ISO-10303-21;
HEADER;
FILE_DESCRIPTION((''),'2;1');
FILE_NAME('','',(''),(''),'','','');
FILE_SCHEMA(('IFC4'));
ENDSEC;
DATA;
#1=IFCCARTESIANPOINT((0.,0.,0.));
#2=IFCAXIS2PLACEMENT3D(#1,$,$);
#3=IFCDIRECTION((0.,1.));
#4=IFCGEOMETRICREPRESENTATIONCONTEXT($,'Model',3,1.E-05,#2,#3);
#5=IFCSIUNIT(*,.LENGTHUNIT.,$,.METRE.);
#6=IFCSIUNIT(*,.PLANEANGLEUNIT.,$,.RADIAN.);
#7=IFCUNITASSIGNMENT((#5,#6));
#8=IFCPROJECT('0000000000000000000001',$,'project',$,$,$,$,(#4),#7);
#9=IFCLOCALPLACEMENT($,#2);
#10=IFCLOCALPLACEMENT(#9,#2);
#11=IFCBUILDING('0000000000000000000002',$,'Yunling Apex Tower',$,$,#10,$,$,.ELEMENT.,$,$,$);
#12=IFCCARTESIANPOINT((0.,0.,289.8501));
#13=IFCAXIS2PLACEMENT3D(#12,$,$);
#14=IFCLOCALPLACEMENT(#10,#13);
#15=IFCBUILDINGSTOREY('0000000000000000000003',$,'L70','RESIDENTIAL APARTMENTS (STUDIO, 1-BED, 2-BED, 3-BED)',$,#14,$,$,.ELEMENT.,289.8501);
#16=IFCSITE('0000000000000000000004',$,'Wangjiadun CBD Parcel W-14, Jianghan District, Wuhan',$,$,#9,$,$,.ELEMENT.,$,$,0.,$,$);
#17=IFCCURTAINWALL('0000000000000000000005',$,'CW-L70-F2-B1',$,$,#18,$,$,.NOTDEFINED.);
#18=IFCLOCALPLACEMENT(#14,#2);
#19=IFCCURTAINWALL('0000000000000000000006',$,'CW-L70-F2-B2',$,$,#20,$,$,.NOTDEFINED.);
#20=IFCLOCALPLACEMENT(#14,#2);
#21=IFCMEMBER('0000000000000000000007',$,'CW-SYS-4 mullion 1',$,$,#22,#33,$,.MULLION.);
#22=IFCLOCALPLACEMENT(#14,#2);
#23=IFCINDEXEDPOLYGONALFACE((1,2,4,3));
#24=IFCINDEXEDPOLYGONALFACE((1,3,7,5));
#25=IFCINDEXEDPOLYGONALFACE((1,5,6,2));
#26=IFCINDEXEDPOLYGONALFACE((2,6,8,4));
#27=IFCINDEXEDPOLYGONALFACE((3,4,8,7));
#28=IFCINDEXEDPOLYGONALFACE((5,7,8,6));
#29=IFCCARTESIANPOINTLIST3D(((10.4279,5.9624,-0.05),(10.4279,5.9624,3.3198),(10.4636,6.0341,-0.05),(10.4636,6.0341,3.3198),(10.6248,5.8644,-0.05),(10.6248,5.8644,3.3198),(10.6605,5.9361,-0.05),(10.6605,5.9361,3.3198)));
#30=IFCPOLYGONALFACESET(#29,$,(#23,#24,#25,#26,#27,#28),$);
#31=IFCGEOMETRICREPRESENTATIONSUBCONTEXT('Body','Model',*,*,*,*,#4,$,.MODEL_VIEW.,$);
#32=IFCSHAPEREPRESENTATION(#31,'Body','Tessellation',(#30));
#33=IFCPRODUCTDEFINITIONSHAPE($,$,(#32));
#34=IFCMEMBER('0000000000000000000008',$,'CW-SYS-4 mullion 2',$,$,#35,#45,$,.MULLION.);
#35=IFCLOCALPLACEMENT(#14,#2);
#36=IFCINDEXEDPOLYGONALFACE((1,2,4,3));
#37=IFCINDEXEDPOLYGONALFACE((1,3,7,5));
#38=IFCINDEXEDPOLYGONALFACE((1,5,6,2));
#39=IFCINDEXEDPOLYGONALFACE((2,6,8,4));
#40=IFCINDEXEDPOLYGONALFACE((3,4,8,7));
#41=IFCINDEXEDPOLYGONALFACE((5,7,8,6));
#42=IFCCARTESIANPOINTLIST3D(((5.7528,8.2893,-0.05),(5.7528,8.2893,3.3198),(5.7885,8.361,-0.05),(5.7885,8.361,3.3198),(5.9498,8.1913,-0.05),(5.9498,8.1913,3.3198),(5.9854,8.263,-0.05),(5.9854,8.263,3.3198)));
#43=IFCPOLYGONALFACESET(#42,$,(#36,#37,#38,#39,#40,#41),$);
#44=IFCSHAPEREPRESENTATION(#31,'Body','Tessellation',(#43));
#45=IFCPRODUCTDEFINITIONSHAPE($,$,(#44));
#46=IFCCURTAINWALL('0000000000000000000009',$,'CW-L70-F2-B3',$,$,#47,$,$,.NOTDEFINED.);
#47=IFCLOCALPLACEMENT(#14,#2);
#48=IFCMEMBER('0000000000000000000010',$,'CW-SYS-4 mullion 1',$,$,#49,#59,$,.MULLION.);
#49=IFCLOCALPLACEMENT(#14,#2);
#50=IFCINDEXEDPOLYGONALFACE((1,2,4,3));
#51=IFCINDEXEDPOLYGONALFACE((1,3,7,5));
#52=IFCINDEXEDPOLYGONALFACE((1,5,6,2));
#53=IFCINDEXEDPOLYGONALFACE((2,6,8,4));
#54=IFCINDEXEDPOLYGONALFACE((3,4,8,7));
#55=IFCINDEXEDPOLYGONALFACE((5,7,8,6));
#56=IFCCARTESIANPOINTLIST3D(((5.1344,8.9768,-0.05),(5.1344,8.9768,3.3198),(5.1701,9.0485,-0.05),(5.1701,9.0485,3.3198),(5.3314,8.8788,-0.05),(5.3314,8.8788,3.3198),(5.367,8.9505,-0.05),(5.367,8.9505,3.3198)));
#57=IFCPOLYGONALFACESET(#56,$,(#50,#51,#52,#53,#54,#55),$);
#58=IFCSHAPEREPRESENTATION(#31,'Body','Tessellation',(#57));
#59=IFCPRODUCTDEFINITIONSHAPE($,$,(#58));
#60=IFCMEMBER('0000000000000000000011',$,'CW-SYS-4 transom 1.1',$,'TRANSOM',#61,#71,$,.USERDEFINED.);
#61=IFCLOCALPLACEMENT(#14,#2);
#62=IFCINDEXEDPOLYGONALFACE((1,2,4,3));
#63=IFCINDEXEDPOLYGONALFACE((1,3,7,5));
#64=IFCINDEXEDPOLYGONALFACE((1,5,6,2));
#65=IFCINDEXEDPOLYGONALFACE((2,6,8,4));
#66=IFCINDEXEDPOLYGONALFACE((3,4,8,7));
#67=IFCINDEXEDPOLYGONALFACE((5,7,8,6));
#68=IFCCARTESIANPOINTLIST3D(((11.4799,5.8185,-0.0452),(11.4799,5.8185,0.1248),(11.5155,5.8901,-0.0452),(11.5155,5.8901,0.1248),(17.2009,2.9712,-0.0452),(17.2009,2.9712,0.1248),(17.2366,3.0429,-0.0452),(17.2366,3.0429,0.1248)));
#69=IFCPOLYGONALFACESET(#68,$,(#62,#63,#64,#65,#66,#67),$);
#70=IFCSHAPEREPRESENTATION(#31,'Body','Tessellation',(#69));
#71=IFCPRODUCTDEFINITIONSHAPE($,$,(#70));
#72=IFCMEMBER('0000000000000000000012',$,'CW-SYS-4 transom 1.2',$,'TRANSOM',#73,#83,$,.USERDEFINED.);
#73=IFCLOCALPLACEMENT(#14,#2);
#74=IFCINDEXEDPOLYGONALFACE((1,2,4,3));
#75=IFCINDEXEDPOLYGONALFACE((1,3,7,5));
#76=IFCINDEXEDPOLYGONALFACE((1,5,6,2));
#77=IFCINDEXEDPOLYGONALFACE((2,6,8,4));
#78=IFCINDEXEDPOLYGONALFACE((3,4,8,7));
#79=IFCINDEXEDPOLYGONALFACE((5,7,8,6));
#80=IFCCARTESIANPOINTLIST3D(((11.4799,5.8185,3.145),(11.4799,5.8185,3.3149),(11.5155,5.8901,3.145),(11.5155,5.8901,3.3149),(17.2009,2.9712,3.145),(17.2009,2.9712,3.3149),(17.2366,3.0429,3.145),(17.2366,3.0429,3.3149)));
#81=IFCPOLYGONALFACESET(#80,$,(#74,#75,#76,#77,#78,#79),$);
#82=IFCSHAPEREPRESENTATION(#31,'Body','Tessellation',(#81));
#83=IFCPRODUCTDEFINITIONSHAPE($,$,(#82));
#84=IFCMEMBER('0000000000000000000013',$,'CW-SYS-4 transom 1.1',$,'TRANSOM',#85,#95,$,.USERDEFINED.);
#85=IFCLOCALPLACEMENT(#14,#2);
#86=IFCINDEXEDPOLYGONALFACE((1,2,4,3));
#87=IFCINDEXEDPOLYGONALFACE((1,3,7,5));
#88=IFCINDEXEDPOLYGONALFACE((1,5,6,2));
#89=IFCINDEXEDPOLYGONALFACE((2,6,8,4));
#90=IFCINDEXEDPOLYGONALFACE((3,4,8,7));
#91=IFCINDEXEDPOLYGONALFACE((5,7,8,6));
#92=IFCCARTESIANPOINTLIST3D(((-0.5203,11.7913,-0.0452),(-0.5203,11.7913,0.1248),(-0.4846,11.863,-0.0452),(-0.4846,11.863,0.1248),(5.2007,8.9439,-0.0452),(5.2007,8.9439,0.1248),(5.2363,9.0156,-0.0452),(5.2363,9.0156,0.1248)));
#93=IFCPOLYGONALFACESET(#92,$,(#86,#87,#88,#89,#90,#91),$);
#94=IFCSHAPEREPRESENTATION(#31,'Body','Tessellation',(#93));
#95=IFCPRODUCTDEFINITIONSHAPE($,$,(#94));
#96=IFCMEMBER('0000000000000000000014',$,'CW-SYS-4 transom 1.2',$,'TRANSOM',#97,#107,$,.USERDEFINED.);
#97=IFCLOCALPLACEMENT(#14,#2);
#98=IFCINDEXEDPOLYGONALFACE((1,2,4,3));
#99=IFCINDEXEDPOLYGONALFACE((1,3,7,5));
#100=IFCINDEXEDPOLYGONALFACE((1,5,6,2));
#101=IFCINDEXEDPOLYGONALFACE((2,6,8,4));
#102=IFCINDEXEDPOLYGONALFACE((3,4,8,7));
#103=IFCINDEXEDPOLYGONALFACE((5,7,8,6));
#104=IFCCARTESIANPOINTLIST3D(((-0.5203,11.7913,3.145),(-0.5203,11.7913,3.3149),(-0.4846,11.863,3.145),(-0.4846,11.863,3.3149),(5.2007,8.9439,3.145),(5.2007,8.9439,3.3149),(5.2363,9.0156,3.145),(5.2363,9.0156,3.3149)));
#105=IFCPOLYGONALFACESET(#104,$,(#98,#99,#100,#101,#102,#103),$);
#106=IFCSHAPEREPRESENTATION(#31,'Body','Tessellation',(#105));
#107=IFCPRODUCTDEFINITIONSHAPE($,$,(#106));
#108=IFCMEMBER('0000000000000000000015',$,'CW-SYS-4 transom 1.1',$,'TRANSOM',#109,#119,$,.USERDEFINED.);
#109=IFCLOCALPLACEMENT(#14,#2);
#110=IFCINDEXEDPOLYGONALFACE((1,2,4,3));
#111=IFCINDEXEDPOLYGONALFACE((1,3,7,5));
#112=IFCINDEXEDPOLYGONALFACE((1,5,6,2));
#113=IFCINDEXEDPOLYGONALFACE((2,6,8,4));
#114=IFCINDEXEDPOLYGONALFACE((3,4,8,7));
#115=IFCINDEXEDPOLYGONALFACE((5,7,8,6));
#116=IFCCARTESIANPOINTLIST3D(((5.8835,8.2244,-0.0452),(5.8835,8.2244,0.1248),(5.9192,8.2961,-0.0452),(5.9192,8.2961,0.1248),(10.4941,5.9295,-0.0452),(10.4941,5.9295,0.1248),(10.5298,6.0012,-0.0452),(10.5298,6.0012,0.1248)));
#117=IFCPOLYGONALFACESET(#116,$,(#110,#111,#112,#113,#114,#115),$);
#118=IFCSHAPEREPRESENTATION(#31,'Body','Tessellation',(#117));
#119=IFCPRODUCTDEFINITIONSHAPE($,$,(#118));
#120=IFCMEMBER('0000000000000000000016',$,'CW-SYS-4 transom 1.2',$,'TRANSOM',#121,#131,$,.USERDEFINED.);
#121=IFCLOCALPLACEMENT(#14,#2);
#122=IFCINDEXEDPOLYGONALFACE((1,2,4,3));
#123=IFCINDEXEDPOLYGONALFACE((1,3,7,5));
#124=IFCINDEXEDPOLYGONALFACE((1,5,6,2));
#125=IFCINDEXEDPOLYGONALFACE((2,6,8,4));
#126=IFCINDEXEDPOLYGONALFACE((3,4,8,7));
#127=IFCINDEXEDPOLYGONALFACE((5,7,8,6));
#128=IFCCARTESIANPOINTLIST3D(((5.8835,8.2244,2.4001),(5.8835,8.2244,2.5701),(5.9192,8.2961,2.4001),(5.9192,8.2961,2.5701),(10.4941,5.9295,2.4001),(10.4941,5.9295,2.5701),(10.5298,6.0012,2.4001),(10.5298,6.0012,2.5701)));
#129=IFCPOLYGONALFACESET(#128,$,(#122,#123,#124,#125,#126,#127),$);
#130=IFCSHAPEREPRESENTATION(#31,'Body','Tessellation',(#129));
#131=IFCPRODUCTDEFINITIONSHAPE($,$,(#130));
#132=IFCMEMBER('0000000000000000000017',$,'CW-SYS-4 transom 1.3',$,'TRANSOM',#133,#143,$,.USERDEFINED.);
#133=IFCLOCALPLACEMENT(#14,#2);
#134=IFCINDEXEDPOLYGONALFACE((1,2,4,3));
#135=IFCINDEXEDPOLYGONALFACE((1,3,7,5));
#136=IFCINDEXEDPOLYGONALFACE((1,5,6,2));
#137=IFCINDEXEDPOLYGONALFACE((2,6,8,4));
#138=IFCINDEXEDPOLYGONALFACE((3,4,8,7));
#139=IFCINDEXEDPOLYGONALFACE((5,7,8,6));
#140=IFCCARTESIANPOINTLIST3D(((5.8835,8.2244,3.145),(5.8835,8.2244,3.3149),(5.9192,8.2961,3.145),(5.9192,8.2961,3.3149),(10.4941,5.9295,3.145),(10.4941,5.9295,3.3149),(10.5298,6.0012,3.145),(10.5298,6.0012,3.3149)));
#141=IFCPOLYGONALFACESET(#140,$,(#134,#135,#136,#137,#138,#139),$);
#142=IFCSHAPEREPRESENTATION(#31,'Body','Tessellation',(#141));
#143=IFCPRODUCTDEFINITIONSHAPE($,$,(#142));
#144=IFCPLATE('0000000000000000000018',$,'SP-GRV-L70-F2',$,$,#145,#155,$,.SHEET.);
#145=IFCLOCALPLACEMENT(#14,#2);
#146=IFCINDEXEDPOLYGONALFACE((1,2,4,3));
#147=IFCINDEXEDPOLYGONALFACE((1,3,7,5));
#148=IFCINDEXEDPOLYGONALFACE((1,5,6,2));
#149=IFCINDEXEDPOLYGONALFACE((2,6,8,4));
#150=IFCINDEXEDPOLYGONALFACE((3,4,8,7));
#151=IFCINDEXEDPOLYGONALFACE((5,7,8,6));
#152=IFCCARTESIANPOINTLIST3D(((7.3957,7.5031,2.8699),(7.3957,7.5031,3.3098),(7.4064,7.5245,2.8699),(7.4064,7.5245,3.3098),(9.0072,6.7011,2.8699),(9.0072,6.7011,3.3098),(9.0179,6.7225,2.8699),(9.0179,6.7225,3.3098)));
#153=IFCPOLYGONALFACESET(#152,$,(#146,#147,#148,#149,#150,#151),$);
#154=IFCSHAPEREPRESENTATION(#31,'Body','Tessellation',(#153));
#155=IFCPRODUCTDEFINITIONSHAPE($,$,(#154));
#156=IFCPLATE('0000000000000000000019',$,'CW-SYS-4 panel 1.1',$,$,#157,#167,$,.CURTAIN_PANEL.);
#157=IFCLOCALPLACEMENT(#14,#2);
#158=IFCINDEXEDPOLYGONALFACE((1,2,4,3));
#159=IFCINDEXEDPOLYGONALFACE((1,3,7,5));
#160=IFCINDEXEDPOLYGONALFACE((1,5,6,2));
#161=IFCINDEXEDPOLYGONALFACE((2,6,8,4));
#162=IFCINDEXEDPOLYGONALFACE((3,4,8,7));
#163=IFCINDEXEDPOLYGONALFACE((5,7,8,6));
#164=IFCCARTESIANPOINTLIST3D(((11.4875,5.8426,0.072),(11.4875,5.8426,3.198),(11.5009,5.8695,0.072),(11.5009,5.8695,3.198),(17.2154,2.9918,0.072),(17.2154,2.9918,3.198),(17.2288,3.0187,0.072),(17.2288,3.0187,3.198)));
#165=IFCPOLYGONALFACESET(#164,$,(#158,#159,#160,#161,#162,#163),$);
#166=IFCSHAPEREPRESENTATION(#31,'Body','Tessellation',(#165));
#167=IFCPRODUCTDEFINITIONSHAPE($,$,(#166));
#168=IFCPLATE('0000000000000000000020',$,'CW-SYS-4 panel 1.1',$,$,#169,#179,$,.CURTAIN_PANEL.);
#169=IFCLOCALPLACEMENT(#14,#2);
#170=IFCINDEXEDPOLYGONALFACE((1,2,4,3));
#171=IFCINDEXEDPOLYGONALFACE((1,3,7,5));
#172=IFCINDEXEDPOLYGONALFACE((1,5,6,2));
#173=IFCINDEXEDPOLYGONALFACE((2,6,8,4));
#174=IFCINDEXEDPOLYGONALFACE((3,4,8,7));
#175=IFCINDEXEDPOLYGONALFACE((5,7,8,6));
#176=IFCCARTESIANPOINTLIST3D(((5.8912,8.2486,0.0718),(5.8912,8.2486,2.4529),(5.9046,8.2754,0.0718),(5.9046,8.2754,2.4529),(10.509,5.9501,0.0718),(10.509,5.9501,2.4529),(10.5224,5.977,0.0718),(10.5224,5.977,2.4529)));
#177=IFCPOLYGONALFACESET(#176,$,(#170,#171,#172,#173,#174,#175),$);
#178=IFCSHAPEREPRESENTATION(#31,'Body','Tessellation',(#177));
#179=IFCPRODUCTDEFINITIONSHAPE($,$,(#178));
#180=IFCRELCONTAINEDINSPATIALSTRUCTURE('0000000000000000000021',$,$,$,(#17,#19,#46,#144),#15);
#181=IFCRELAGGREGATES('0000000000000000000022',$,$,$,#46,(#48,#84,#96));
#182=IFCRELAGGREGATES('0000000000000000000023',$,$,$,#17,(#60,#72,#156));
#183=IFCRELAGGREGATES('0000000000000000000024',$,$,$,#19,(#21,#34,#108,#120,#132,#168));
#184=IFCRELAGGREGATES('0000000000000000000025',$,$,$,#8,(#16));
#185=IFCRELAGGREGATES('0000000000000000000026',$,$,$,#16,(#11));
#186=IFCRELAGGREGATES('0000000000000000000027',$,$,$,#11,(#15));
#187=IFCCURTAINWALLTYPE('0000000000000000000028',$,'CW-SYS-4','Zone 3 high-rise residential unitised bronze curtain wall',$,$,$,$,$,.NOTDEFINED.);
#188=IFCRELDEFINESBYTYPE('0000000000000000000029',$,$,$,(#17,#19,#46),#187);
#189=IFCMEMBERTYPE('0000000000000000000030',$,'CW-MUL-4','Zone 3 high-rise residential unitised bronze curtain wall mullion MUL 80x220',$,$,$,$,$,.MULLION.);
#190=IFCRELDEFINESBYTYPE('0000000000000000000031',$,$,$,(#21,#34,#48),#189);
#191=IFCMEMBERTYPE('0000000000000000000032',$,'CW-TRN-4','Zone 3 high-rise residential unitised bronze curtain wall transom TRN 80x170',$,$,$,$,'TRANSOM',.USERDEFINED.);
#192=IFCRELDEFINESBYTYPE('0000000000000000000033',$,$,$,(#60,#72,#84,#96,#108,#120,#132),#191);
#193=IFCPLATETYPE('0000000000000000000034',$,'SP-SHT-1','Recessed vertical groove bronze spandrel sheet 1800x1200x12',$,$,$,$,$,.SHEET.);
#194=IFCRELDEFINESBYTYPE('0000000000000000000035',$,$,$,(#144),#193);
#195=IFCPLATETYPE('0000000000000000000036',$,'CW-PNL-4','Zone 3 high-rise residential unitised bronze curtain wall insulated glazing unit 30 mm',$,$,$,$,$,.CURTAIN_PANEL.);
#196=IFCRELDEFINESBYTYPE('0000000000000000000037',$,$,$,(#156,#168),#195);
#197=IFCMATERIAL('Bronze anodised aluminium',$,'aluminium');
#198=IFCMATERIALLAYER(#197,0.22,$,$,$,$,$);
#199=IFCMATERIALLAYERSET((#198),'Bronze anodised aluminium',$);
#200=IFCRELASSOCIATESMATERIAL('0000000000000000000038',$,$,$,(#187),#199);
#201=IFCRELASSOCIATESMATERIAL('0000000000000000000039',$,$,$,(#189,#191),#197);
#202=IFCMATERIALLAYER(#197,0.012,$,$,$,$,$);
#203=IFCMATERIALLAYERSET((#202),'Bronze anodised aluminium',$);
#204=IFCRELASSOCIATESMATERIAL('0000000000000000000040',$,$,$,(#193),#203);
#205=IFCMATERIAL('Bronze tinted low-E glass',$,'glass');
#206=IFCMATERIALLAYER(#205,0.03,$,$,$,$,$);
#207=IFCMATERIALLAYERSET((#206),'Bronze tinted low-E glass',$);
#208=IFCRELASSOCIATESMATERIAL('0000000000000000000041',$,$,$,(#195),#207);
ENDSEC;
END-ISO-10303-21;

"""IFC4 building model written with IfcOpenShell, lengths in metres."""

from ifc_helpers import new_model, si_unit, direction, frame, origin, origin_2d, place, context, subcontext, project, spatial, rectangle, extrude, source, transform, mapped, material, layer, layer_set, material_profile, profile_set, type_object, element, aggregate, save


model = new_model("IFC4")

# Units and contexts
model_context = context("Model", 3, precision=1e-05, world=origin(), true_north=direction((0.0, 1.0)))
body_context = subcontext(model_context, "Body", "Model", "MODEL_VIEW")
ifc_project = project(units=[si_unit("LENGTHUNIT", "METRE"), si_unit("PLANEANGLEUNIT", "RADIAN")], contexts=[model_context])

# Site, building, storey
site_placement = place(None, origin())
site = spatial("IfcSite", under=ifc_project, at=site_placement, Name="Wangjiadun CBD Parcel W-14, Jianghan District, Wuhan", CompositionType="ELEMENT", RefElevation=0.0)
building_placement = place(site_placement, origin())
building = spatial("IfcBuilding", under=site, at=building_placement, Name="Yunling Apex Tower", CompositionType="ELEMENT")
storey_placement = place(building_placement, frame((0.0, 0.0, 289.8501)))
storey = spatial("IfcBuildingStorey", under=building, at=storey_placement, Name="L70", Description="RESIDENTIAL APARTMENTS (STUDIO, 1-BED, 2-BED, 3-BED)", CompositionType="ELEMENT", Elevation=289.8501)

# Shared definitions
ifc_material_1 = material(Name="Bronze anodised aluminium", Category="aluminium")
ifc_layer_1 = layer(ifc_material_1, 0.22)
ifc_layer_set_1 = layer_set([ifc_layer_1], Name="Bronze anodised aluminium")
curtain_wall_type = type_object("IfcCurtainWallType", Name="CW-SYS-4", Description="Zone 3 high-rise residential unitised bronze curtain wall", PredefinedType="NOTDEFINED", material=ifc_layer_set_1)
ifc_material_profile_1 = material_profile(ifc_material_1, rectangle(XDim=0.0801, YDim=0.22, at=origin_2d()))
ifc_profile_set_1 = profile_set([ifc_material_profile_1], Name="Bronze anodised aluminium")
member_type_1 = type_object("IfcMemberType", Name="CW-MUL-4", Description="Zone 3 high-rise residential unitised bronze curtain wall mullion MUL 80x220", PredefinedType="MULLION", material=ifc_profile_set_1)
shared_shape_1 = source(origin(), body_context, "Body", "SweptSolid", [
    extrude(rectangle(XDim=0.0801, YDim=0.22, at=origin_2d()), origin(), (0.0, 0.0, 1.0), 3.3699),
])

# Curtain walls, members
curtain_wall_1_placement = place(storey_placement, origin())
curtain_wall_1 = element("IfcCurtainWall", 1, at=curtain_wall_1_placement, inside=storey, type_object=curtain_wall_type, Name="CW-L70-F2-B1", PredefinedType="NOTDEFINED")
curtain_wall_2_placement = place(storey_placement, origin())
curtain_wall_2 = element("IfcCurtainWall", 2, at=curtain_wall_2_placement, inside=storey, type_object=curtain_wall_type, Name="CW-L70-F2-B2", PredefinedType="NOTDEFINED")
member_1_placement = place(storey_placement, frame((10.5442, 5.9492, -0.05), z_axis=(0.0, 0.0, 1.0), x_axis=(-0.445583, -0.89524, 0.0)))
member_1 = element("IfcMember", 3, at=member_1_placement, type_object=member_type_1, Name="CW-SYS-4 mullion 1", PredefinedType="MULLION", context=body_context, shape_type="MappedRepresentation", body=[
    mapped(shared_shape_1, transform((0.0, 0.0, 0.0), scale=1.0)),
])
member_2_placement = place(storey_placement, frame((5.8691, 8.2761, -0.05), z_axis=(0.0, 0.0, 1.0), x_axis=(-0.445583, -0.89524, 0.0)))
member_2 = element("IfcMember", 4, at=member_2_placement, type_object=member_type_1, Name="CW-SYS-4 mullion 2", PredefinedType="MULLION", context=body_context, shape_type="MappedRepresentation", body=[
    mapped(shared_shape_1, transform((0.0, 0.0, 0.0), scale=1.0)),
])

# Curtain wall, member
curtain_wall_3_placement = place(storey_placement, origin())
curtain_wall_3 = element("IfcCurtainWall", 5, at=curtain_wall_3_placement, inside=storey, type_object=curtain_wall_type, Name="CW-L70-F2-B3", PredefinedType="NOTDEFINED")
member_3_placement = place(storey_placement, frame((5.2507, 8.9636, -0.05), z_axis=(0.0, 0.0, 1.0), x_axis=(-0.445562, -0.895251, 0.0)))
member_3 = element("IfcMember", 6, at=member_3_placement, type_object=member_type_1, Name="CW-SYS-4 mullion 1", PredefinedType="MULLION", context=body_context, shape_type="MappedRepresentation", body=[
    mapped(shared_shape_1, transform((0.0, 0.0, 0.0), scale=1.0)),
])

# Members
ifc_material_profile_2 = material_profile(ifc_material_1, rectangle(XDim=0.0801, YDim=0.1699, at=origin_2d()))
ifc_profile_set_2 = profile_set([ifc_material_profile_2], Name="Bronze anodised aluminium")
member_type_2 = type_object("IfcMemberType", Name="CW-TRN-4", Description="Zone 3 high-rise residential unitised bronze curtain wall transom TRN 80x170", ElementType="TRANSOM", PredefinedType="USERDEFINED", material=ifc_profile_set_2)
shared_shape_2 = source(origin(), body_context, "Body", "SweptSolid", [
    extrude(rectangle(XDim=0.0801, YDim=0.1699, at=origin_2d()), origin(), (0.0, 0.0, 1.0), 6.3904),
])
member_4_placement = place(storey_placement, frame((17.2188, 3.0071, 0.0398), z_axis=(-0.895259, 0.445547, 0.0), x_axis=(-0.445547, -0.895259, 0.0)))
member_4 = element("IfcMember", 7, at=member_4_placement, type_object=member_type_2, Name="CW-SYS-4 transom 1.1", ObjectType="TRANSOM", PredefinedType="USERDEFINED", context=body_context, shape_type="MappedRepresentation", body=[
    mapped(shared_shape_2, transform((0.0, 0.0, 0.0), scale=1.0)),
])
member_5_placement = place(storey_placement, frame((17.2188, 3.0071, 3.23), z_axis=(-0.895259, 0.445547, 0.0), x_axis=(-0.445547, -0.895259, 0.0)))
member_5 = element("IfcMember", 8, at=member_5_placement, type_object=member_type_2, Name="CW-SYS-4 transom 1.2", ObjectType="TRANSOM", PredefinedType="USERDEFINED", context=body_context, shape_type="MappedRepresentation", body=[
    mapped(shared_shape_2, transform((0.0, 0.0, 0.0), scale=1.0)),
])
member_6_placement = place(storey_placement, frame((5.2185, 8.9797, 0.0398), z_axis=(-0.895243, 0.445578, 0.0), x_axis=(-0.445578, -0.895243, 0.0)))
member_6 = element("IfcMember", 9, at=member_6_placement, type_object=member_type_2, Name="CW-SYS-4 transom 1.1", ObjectType="TRANSOM", PredefinedType="USERDEFINED", context=body_context, shape_type="MappedRepresentation", body=[
    mapped(shared_shape_2, transform((0.0, 0.0, 0.0), scale=1.0)),
])
member_7_placement = place(storey_placement, frame((5.2185, 8.9797, 3.23), z_axis=(-0.895243, 0.445578, 0.0), x_axis=(-0.445578, -0.895243, 0.0)))
member_7 = element("IfcMember", 10, at=member_7_placement, type_object=member_type_2, Name="CW-SYS-4 transom 1.2", ObjectType="TRANSOM", PredefinedType="USERDEFINED", context=body_context, shape_type="MappedRepresentation", body=[
    mapped(shared_shape_2, transform((0.0, 0.0, 0.0), scale=1.0)),
])
aggregate(curtain_wall_3, [member_3, member_6, member_7])
shared_shape_3 = source(origin(), body_context, "Body", "SweptSolid", [
    extrude(rectangle(XDim=0.0801, YDim=0.1699, at=origin_2d()), origin(), (0.0, 0.0, 1.0), 5.1501),
])
member_8_placement = place(storey_placement, frame((10.512, 5.9653, 0.0398), z_axis=(-0.895232, 0.445601, 0.0), x_axis=(-0.445601, -0.895232, 0.0)))
member_8 = element("IfcMember", 11, at=member_8_placement, type_object=member_type_2, Name="CW-SYS-4 transom 1.1", ObjectType="TRANSOM", PredefinedType="USERDEFINED", context=body_context, shape_type="MappedRepresentation", body=[
    mapped(shared_shape_3, transform((0.0, 0.0, 0.0), scale=1.0)),
])
member_9_placement = place(storey_placement, frame((10.512, 5.9653, 2.4851), z_axis=(-0.895232, 0.445601, 0.0), x_axis=(-0.445601, -0.895232, 0.0)))
member_9 = element("IfcMember", 12, at=member_9_placement, type_object=member_type_2, Name="CW-SYS-4 transom 1.2", ObjectType="TRANSOM", PredefinedType="USERDEFINED", context=body_context, shape_type="MappedRepresentation", body=[
    mapped(shared_shape_3, transform((0.0, 0.0, 0.0), scale=1.0)),
])
member_10_placement = place(storey_placement, frame((10.512, 5.9653, 3.23), z_axis=(-0.895232, 0.445601, 0.0), x_axis=(-0.445601, -0.895232, 0.0)))
member_10 = element("IfcMember", 13, at=member_10_placement, type_object=member_type_2, Name="CW-SYS-4 transom 1.3", ObjectType="TRANSOM", PredefinedType="USERDEFINED", context=body_context, shape_type="MappedRepresentation", body=[
    mapped(shared_shape_3, transform((0.0, 0.0, 0.0), scale=1.0)),
])

# Plates
ifc_layer_2 = layer(ifc_material_1, 0.012)
ifc_layer_set_2 = layer_set([ifc_layer_2], Name="Bronze anodised aluminium")
plate_type_1 = type_object("IfcPlateType", Name="SP-SHT-1", Description="Recessed vertical groove bronze spandrel sheet 1800x1200x12", PredefinedType="SHEET", material=ifc_layer_set_2)
shared_shape_4 = source(origin(), body_context, "Body", "SweptSolid", [
    extrude(rectangle(XDim=1.8, YDim=0.0239, at=origin_2d()), origin(), (0.0, 0.0, 1.0), 0.4399),
])
plate_1_placement = place(storey_placement, frame((8.2068, 7.1128, 2.8699), z_axis=(0.0, 0.0, 1.0), x_axis=(-0.895246, 0.445573, 0.0)))
element("IfcPlate", 14, at=plate_1_placement, inside=storey, type_object=plate_type_1, Name="SP-GRV-L70-F2", PredefinedType="SHEET", context=body_context, shape_type="MappedRepresentation", body=[
    mapped(shared_shape_4, transform((0.0, 0.0, 0.0), scale=1.0)),
])
ifc_material_2 = material(Name="Bronze tinted low-E glass", Category="glass")
ifc_layer_3 = layer(ifc_material_2, 0.03)
ifc_layer_set_3 = layer_set([ifc_layer_3], Name="Bronze tinted low-E glass")
plate_type_2 = type_object("IfcPlateType", Name="CW-PNL-4", Description="Zone 3 high-rise residential unitised bronze curtain wall insulated glazing unit 30 mm", PredefinedType="CURTAIN_PANEL", material=ifc_layer_set_3)
shared_shape_5 = source(origin(), body_context, "Body", "SweptSolid", [
    extrude(rectangle(XDim=6.3982, YDim=0.03, at=origin_2d()), origin(), (0.0, 0.0, 1.0), 3.126),
])
plate_2_placement = place(storey_placement, frame((14.3582, 4.4307, 0.072), z_axis=(0.0, 0.0, 1.0), x_axis=(-0.895248, 0.445568, 0.0)))
plate_2 = element("IfcPlate", 15, at=plate_2_placement, type_object=plate_type_2, Name="CW-SYS-4 panel 1.1", PredefinedType="CURTAIN_PANEL", context=body_context, shape_type="MappedRepresentation", body=[
    mapped(shared_shape_5, transform((0.0, 0.0, 0.0), scale=1.0)),
])
aggregate(curtain_wall_1, [member_4, member_5, plate_2])
shared_shape_6 = source(origin(), body_context, "Body", "SweptSolid", [
    extrude(rectangle(XDim=5.1582, YDim=0.03, at=origin_2d()), origin(), (0.0, 0.0, 1.0), 2.3811),
])
plate_3_placement = place(storey_placement, frame((8.2068, 7.1128, 0.0718), z_axis=(0.0, 0.0, 1.0), x_axis=(-0.89524, 0.445583, 0.0)))
plate_3 = element("IfcPlate", 16, at=plate_3_placement, type_object=plate_type_2, Name="CW-SYS-4 panel 1.1", PredefinedType="CURTAIN_PANEL", context=body_context, shape_type="MappedRepresentation", body=[
    mapped(shared_shape_6, transform((0.0, 0.0, 0.0), scale=1.0)),
])
aggregate(curtain_wall_2, [member_1, member_2, member_8, member_9, member_10, plate_3])

save(model, "model.ifc")
